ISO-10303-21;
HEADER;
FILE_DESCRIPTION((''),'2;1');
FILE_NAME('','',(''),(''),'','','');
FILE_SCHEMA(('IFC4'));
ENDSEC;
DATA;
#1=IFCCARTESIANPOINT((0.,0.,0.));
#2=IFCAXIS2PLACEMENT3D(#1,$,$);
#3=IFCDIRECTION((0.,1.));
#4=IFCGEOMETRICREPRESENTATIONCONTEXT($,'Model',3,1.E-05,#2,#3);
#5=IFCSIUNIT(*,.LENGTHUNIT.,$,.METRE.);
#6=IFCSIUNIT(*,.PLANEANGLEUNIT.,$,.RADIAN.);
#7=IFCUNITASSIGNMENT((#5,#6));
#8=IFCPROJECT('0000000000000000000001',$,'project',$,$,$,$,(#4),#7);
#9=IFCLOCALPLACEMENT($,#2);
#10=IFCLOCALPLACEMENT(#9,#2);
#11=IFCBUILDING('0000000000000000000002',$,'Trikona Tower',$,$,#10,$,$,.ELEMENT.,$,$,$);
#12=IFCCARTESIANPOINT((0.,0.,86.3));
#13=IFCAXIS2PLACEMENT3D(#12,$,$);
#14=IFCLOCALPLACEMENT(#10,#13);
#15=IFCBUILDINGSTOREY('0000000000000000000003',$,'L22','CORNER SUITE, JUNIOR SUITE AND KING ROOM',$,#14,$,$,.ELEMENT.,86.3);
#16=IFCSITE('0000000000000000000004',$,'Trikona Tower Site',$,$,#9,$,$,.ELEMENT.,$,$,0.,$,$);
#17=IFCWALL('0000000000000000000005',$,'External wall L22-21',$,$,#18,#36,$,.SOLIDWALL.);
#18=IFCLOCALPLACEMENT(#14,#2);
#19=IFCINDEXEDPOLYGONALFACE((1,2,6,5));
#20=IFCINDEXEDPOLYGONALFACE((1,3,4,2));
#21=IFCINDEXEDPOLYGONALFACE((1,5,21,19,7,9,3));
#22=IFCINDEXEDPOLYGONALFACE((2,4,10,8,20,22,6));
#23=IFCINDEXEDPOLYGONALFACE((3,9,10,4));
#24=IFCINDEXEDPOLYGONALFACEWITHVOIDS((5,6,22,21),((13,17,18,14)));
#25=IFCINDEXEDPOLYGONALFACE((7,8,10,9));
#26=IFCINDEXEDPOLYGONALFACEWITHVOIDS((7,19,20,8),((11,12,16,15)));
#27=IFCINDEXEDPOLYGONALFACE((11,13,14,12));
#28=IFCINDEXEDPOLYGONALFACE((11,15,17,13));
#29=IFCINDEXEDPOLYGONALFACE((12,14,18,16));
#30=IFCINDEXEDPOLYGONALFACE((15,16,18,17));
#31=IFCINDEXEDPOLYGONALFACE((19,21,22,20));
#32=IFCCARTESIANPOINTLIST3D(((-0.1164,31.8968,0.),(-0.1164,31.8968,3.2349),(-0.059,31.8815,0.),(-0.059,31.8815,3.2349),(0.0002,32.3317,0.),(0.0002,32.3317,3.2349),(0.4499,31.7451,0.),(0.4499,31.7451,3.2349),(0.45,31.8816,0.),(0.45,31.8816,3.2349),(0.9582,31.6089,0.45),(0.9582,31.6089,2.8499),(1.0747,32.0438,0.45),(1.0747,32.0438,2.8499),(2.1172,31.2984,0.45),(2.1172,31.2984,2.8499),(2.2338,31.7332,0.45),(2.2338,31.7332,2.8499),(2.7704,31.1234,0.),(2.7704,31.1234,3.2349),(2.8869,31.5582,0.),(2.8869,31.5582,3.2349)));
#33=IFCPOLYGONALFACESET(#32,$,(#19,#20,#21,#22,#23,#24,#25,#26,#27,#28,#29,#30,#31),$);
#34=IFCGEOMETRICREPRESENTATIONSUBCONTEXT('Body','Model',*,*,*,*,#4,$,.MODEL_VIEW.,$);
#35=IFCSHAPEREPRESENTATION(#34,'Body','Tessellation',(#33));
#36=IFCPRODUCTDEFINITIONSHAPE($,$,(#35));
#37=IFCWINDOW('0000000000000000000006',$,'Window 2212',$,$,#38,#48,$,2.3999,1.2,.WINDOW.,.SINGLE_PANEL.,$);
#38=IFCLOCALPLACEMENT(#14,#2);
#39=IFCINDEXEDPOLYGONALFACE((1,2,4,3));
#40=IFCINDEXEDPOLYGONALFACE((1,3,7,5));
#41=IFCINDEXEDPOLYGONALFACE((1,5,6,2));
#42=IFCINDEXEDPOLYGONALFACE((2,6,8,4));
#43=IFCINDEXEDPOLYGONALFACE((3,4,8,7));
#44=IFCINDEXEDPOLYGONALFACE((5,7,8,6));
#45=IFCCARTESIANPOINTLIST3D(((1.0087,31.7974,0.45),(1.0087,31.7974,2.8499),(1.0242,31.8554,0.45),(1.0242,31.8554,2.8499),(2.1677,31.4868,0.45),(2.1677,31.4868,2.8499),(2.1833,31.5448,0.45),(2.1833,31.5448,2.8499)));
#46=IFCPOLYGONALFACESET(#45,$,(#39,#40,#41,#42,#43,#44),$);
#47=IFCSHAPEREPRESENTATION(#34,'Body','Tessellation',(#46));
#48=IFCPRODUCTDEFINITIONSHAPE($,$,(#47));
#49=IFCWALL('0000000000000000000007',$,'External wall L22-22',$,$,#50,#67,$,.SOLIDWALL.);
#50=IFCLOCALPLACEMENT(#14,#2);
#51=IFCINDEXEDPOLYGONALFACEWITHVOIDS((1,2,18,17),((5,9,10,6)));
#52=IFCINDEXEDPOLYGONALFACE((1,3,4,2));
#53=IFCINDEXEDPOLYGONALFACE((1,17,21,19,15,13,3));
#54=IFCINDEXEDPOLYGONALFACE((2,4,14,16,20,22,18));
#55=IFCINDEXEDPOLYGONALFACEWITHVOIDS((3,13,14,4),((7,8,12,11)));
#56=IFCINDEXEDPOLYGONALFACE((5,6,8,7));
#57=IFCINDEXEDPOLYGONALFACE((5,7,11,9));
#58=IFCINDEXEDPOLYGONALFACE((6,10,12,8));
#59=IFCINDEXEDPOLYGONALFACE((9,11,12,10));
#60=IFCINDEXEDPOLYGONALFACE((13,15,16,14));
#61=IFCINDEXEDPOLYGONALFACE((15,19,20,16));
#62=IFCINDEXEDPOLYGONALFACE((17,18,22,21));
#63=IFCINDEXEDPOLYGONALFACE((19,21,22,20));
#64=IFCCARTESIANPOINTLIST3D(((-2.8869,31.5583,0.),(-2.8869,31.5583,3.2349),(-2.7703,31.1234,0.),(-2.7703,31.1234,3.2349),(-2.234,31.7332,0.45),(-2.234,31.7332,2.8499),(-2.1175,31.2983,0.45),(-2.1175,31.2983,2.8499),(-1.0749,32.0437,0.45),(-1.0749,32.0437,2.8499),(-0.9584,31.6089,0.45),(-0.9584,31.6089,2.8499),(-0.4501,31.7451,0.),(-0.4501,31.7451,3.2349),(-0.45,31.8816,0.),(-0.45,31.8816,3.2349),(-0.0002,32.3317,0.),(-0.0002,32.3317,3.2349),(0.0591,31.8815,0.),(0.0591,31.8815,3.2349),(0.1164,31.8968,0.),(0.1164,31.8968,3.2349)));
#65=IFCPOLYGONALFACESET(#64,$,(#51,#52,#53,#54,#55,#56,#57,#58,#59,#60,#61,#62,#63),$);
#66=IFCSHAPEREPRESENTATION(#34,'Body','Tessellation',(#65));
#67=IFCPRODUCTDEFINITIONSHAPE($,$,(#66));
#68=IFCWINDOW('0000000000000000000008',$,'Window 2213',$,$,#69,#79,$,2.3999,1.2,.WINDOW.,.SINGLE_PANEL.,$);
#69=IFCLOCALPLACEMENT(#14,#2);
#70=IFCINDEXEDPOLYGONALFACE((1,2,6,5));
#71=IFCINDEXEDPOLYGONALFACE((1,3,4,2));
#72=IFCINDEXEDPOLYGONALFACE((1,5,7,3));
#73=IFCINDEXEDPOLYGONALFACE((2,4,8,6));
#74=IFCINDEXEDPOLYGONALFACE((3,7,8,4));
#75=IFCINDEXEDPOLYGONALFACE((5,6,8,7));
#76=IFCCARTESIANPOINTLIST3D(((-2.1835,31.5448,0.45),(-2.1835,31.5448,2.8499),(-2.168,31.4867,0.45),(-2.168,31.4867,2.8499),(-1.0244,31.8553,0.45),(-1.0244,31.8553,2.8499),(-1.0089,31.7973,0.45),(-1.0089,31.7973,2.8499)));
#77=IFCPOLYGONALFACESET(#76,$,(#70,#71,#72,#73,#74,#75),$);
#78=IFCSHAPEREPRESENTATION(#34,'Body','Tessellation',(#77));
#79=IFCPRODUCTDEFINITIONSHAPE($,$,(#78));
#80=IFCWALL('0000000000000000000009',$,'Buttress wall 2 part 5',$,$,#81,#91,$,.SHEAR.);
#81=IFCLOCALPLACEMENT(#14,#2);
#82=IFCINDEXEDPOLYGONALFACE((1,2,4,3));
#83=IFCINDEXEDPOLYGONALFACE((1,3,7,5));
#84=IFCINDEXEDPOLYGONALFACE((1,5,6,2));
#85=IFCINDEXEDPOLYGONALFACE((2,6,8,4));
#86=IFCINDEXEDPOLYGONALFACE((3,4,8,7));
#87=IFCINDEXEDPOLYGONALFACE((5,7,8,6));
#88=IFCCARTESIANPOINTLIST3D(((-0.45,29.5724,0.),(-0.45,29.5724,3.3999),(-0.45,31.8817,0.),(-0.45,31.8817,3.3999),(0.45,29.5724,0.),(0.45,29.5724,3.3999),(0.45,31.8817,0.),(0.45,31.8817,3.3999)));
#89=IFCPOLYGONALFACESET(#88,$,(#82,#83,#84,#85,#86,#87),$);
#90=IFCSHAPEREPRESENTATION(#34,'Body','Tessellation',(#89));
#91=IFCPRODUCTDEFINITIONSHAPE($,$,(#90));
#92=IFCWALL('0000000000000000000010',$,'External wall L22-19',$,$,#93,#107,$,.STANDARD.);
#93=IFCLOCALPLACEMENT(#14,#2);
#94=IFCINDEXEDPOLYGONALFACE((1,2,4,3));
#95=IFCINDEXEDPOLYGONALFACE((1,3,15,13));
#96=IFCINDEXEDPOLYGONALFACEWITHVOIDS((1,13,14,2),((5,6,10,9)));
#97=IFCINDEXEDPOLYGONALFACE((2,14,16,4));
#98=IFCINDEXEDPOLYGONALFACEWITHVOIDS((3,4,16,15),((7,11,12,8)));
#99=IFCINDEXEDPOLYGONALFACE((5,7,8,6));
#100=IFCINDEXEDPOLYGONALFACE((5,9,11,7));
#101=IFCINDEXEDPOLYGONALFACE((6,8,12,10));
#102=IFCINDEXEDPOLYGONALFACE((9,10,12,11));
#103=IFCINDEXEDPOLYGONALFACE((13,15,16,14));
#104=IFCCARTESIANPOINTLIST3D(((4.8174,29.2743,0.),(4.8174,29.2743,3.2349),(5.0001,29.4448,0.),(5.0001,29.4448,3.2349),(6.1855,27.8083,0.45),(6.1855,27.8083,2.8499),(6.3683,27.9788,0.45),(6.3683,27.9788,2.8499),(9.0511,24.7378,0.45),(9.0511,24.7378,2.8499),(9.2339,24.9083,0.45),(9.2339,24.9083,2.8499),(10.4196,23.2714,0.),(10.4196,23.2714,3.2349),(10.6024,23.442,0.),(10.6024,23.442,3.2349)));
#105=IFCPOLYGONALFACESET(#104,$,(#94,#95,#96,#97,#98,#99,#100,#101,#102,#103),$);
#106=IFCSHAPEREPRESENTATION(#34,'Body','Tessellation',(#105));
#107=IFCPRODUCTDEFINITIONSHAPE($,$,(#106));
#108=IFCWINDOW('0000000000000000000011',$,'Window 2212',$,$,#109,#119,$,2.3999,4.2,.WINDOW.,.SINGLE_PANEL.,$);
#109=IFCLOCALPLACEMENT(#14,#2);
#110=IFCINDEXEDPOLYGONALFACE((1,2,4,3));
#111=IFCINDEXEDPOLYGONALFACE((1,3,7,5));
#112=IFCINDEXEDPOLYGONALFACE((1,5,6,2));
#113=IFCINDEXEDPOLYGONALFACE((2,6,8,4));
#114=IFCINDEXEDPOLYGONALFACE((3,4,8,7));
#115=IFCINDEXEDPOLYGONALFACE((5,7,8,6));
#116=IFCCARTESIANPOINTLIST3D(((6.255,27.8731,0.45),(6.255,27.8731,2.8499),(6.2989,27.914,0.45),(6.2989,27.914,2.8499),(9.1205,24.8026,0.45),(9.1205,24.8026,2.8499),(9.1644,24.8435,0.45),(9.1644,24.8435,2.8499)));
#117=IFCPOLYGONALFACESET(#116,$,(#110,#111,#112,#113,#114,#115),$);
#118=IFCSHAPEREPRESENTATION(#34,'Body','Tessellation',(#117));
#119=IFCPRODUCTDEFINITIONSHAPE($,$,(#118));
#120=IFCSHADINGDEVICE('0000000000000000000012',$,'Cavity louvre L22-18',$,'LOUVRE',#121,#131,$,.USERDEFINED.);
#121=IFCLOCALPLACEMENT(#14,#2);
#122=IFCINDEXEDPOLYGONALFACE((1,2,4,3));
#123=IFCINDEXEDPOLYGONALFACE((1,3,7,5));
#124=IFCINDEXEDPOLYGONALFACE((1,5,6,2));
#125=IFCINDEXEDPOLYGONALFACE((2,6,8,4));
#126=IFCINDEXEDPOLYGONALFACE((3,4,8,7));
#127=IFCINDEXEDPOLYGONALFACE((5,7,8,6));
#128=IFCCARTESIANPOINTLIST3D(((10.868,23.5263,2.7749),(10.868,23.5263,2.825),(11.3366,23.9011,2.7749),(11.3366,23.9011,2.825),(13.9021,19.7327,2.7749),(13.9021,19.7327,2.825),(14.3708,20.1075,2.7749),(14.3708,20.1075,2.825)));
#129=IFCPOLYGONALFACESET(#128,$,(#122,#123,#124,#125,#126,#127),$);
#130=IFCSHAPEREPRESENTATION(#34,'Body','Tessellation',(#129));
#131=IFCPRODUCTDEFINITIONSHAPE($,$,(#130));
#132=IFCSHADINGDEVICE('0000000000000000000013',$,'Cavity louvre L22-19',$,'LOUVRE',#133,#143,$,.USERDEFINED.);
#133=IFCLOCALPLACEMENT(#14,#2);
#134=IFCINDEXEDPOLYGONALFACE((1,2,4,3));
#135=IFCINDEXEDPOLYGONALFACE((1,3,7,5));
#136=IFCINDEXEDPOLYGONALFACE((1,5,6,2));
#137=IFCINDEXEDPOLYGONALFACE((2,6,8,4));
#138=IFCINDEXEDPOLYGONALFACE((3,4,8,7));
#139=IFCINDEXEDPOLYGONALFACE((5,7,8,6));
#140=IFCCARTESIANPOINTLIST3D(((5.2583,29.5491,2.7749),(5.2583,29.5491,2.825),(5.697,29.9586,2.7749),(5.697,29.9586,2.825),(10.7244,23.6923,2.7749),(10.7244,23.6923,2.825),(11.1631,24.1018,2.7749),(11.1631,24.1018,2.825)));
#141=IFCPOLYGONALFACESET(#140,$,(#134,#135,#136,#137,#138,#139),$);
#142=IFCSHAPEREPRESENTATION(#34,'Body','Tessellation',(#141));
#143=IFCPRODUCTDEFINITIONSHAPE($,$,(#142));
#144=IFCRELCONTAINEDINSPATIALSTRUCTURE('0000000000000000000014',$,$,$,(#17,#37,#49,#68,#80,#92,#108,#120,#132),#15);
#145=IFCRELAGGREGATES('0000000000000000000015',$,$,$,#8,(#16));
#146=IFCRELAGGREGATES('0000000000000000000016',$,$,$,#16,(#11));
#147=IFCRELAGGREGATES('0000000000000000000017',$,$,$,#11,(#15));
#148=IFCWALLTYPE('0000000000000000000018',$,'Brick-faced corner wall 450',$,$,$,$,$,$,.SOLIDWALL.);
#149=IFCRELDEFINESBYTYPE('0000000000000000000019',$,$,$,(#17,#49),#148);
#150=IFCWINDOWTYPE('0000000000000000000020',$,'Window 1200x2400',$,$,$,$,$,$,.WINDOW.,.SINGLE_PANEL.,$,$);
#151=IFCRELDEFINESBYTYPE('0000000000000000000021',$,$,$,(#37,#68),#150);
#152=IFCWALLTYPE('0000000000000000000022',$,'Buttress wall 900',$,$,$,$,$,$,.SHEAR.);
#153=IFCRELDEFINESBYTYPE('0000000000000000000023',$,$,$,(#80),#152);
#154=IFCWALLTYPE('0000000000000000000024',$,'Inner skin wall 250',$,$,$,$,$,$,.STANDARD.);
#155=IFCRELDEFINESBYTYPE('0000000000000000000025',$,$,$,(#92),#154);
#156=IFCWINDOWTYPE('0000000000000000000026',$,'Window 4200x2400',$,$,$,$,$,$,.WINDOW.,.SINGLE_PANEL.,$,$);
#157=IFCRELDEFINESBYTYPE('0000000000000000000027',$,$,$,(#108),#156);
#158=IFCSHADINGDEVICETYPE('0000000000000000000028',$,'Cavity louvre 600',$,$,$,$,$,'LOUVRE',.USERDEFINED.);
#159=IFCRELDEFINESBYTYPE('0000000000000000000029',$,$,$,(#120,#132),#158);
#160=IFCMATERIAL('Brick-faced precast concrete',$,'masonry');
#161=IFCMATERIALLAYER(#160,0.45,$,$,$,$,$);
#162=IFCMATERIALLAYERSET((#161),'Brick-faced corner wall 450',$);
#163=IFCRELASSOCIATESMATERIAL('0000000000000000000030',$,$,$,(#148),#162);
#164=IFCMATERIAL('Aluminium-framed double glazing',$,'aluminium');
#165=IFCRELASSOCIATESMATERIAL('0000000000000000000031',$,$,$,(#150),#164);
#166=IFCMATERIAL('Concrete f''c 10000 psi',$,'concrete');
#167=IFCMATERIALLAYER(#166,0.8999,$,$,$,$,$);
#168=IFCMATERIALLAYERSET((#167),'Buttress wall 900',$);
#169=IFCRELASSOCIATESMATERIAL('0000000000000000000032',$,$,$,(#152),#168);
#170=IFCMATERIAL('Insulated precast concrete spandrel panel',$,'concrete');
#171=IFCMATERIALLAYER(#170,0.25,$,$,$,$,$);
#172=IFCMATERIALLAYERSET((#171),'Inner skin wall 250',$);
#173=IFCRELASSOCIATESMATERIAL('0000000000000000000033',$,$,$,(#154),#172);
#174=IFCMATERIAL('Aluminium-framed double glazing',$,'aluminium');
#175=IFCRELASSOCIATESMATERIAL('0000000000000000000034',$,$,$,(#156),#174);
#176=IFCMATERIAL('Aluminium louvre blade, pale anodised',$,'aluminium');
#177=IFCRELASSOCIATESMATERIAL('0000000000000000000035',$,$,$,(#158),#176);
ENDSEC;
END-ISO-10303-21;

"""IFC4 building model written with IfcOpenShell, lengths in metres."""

from ifc_helpers import new_model, si_unit, direction, frame, frame_2d, origin, origin_2d, place, context, subcontext, project, spatial, polyline, rectangle, outline, extrude, material, layer, layer_set, type_object, element, fill, save


model = new_model("IFC4")

# Units and contexts
model_context = context("Model", 3, precision=1e-05, world=origin(), true_north=direction((0.0, 1.0)))
body_context = subcontext(model_context, "Body", "Model", "MODEL_VIEW")
ifc_project = project(units=[si_unit("LENGTHUNIT", "METRE"), si_unit("PLANEANGLEUNIT", "RADIAN")], contexts=[model_context])

# Site, building, storey
site_placement = place(None, origin())
site = spatial("IfcSite", under=ifc_project, at=site_placement, Name="Trikona Tower Site", CompositionType="ELEMENT", RefElevation=0.0)
building_placement = place(site_placement, origin())
building = spatial("IfcBuilding", under=site, at=building_placement, Name="Trikona Tower", CompositionType="ELEMENT")
storey_placement = place(building_placement, frame((0.0, 0.0, 86.3)))
storey = spatial("IfcBuildingStorey", under=building, at=storey_placement, Name="L22", Description="CORNER SUITE, JUNIOR SUITE AND KING ROOM", CompositionType="ELEMENT", Elevation=86.3)

# Walls, openings, windows
ifc_material_1 = material(Name="Brick-faced precast concrete", Category="masonry")
ifc_layer_1 = layer(ifc_material_1, 0.45)
ifc_layer_set_1 = layer_set([ifc_layer_1], Name="Brick-faced corner wall 450")
wall_type_1 = type_object("IfcWallType", Name="Brick-faced corner wall 450", PredefinedType="SOLIDWALL", material=ifc_layer_set_1)
wall_1_placement = place(storey_placement, frame((2.8286, 31.3408, 0.0), z_axis=(0.0, 0.0, 1.0), x_axis=(-0.965931, 0.258801, 0.0)))
wall_1 = element("IfcWall", 1, at=wall_1_placement, inside=storey, type_object=wall_type_1, Name="External wall L22-21", PredefinedType="SOLIDWALL", context=body_context, shape_type="SweptSolid", body=[
    extrude(outline(polyline([(2.9885, 0.2251), (2.9292, 0.2251), (2.4375, 0.0933), (2.4023, 0.2251), (0.0, 0.2251), (0.0, -0.2251), (2.9885, -0.2251), (2.9885, 0.2251)])), origin(), (0.0, 0.0, 1.0), 3.2349),
])
opening_1_placement = place(wall_1_placement, frame((0.676, 0.0, 0.45)))
opening_1 = element("IfcOpeningElement", 2, at=opening_1_placement, cuts=wall_1, PredefinedType="OPENING", context=body_context, shape_type="SweptSolid", body=[
    extrude(rectangle(XDim=1.2, YDim=2.3999, at=frame_2d((0.6001, 1.2))), frame((0.0, 0.2349, 0.0), z_axis=(0.0, -1.0, 0.0), x_axis=(1.0, 0.0, 0.0)), (0.0, 0.0, 1.0), 0.47),
])
ifc_material_2 = material(Name="Aluminium-framed double glazing", Category="aluminium")
window_type_1 = type_object("IfcWindowType", Name="Window 1200x2400", PartitioningType="SINGLE_PANEL", PredefinedType="WINDOW", material=ifc_material_2)
window_1_placement = place(opening_1_placement, origin())
window_1 = element("IfcWindow", 3, at=window_1_placement, inside=storey, type_object=window_type_1, Name="Window 2212", OverallHeight=2.3999, OverallWidth=1.2, PartitioningType="SINGLE_PANEL", PredefinedType="WINDOW", context=body_context, shape_type="SweptSolid", body=[
    extrude(rectangle(XDim=1.2, YDim=2.3999, at=frame_2d((0.6001, 1.2))), frame((0.0, 0.03, 0.0), z_axis=(0.0, -1.0, 0.0), x_axis=(1.0, 0.0, 0.0)), (0.0, 0.0, 1.0), 0.0601),
])
fill(opening_1, window_1)
wall_2_placement = place(storey_placement, frame((0.0581, 32.1143, 0.0), z_axis=(0.0, 0.0, 1.0), x_axis=(-0.965931, -0.258801, 0.0)))
wall_2 = element("IfcWall", 4, at=wall_2_placement, inside=storey, type_object=wall_type_1, Name="External wall L22-22", PredefinedType="SOLIDWALL", context=body_context, shape_type="SweptSolid", body=[
    extrude(outline(polyline([(2.9885, 0.2251), (0.5864, 0.2251), (0.551, 0.0933), (0.0593, 0.2251), (0.0, 0.2251), (0.0, -0.2251), (2.9885, -0.2251), (2.9885, 0.2251)])), origin(), (0.0, 0.0, 1.0), 3.2349),
])
opening_2_placement = place(wall_2_placement, frame((1.1125, 0.0, 0.45)))
opening_2 = element("IfcOpeningElement", 5, at=opening_2_placement, cuts=wall_2, PredefinedType="OPENING", context=body_context, shape_type="SweptSolid", body=[
    extrude(rectangle(XDim=1.2, YDim=2.3999, at=frame_2d((0.6001, 1.2))), frame((0.0, 0.2349, 0.0), z_axis=(0.0, -1.0, 0.0), x_axis=(1.0, 0.0, 0.0)), (0.0, 0.0, 1.0), 0.47),
])
window_2_placement = place(opening_2_placement, origin())
window_2 = element("IfcWindow", 6, at=window_2_placement, inside=storey, type_object=window_type_1, Name="Window 2213", OverallHeight=2.3999, OverallWidth=1.2, PartitioningType="SINGLE_PANEL", PredefinedType="WINDOW", context=body_context, shape_type="SweptSolid", body=[
    extrude(rectangle(XDim=1.2, YDim=2.3999, at=frame_2d((0.6001, 1.2))), frame((0.0, 0.03, 0.0), z_axis=(0.0, -1.0, 0.0), x_axis=(1.0, 0.0, 0.0)), (0.0, 0.0, 1.0), 0.0601),
])
fill(opening_2, window_2)

# Wall
ifc_material_3 = material(Name="Concrete f'c 10000 psi", Category="concrete")
ifc_layer_2 = layer(ifc_material_3, 0.8999)
ifc_layer_set_2 = layer_set([ifc_layer_2], Name="Buttress wall 900")
wall_type_2 = type_object("IfcWallType", Name="Buttress wall 900", PredefinedType="SHEAR", material=ifc_layer_set_2)
wall_3_placement = place(storey_placement, frame((0.0, 29.5723, 0.0), z_axis=(0.0, 0.0, 1.0), x_axis=(0.0, 1.0, 0.0)))
element("IfcWall", 7, at=wall_3_placement, inside=storey, type_object=wall_type_2, Name="Buttress wall 2 part 5", PredefinedType="SHEAR", context=body_context, shape_type="SweptSolid", body=[
    extrude(rectangle(XDim=2.3093, YDim=0.8999, at=frame_2d((1.1548, 0.0))), origin(), (0.0, 0.0, 1.0), 3.3999),
])

# Wall, opening, window
ifc_material_4 = material(Name="Insulated precast concrete spandrel panel", Category="concrete")
ifc_layer_3 = layer(ifc_material_4, 0.25)
ifc_layer_set_3 = layer_set([ifc_layer_3], Name="Inner skin wall 250")
wall_type_3 = type_object("IfcWallType", Name="Inner skin wall 250", PredefinedType="STANDARD", material=ifc_layer_set_3)
wall_4_placement = place(storey_placement, frame((10.511, 23.3567, 0.0), z_axis=(0.0, 0.0, 1.0), x_axis=(-0.68229, 0.731082, 0.0)))
wall_4 = element("IfcWall", 8, at=wall_4_placement, inside=storey, type_object=wall_type_3, Name="External wall L22-19", PredefinedType="STANDARD", context=body_context, shape_type="SweptSolid", body=[
    extrude(rectangle(XDim=8.2109, YDim=0.25, at=frame_2d((4.1055, 0.0))), origin(), (0.0, 0.0, 1.0), 3.2349),
])
opening_3_placement = place(wall_4_placement, frame((2.0056, 0.0, 0.45)))
opening_3 = element("IfcOpeningElement", 9, at=opening_3_placement, cuts=wall_4, PredefinedType="OPENING", context=body_context, shape_type="SweptSolid", body=[
    extrude(rectangle(XDim=4.2, YDim=2.3999, at=frame_2d((2.1001, 1.2))), frame((0.0, 0.135, 0.0), z_axis=(0.0, -1.0, 0.0), x_axis=(1.0, 0.0, 0.0)), (0.0, 0.0, 1.0), 0.27),
])
ifc_material_5 = material(Name="Aluminium-framed double glazing", Category="aluminium")
window_type_2 = type_object("IfcWindowType", Name="Window 4200x2400", PartitioningType="SINGLE_PANEL", PredefinedType="WINDOW", material=ifc_material_5)
window_3_placement = place(opening_3_placement, origin())
window_3 = element("IfcWindow", 10, at=window_3_placement, inside=storey, type_object=window_type_2, Name="Window 2212", OverallHeight=2.3999, OverallWidth=4.2, PartitioningType="SINGLE_PANEL", PredefinedType="WINDOW", context=body_context, shape_type="SweptSolid", body=[
    extrude(rectangle(XDim=4.2, YDim=2.3999, at=frame_2d((2.1001, 1.2))), frame((0.0, 0.03, 0.0), z_axis=(0.0, -1.0, 0.0), x_axis=(1.0, 0.0, 0.0)), (0.0, 0.0, 1.0), 0.0601),
])
fill(opening_3, window_3)

# Shading devices
ifc_material_6 = material(Name="Aluminium louvre blade, pale anodised", Category="aluminium")
shading_device_type = type_object("IfcShadingDeviceType", Name="Cavity louvre 600", ElementType="LOUVRE", PredefinedType="USERDEFINED", material=ifc_material_6)
shading_device_1_placement = place(storey_placement, frame((12.6194, 21.8169, 2.7749), z_axis=(0.0, 0.0, 1.0), x_axis=(-0.624604, 0.780942, 0.0)))
element("IfcShadingDevice", 11, at=shading_device_1_placement, inside=storey, type_object=shading_device_type, Name="Cavity louvre L22-18", ObjectType="LOUVRE", PredefinedType="USERDEFINED", context=body_context, shape_type="SweptSolid", body=[
    extrude(rectangle(XDim=4.8577, YDim=0.6001, at=origin_2d()), origin(), (0.0, 0.0, 1.0), 0.05),
])
shading_device_2_placement = place(storey_placement, frame((8.2107, 26.8254, 2.7749), z_axis=(0.0, 0.0, 1.0), x_axis=(-0.682298, 0.731074, 0.0)))
element("IfcShadingDevice", 12, at=shading_device_2_placement, inside=storey, type_object=shading_device_type, Name="Cavity louvre L22-19", ObjectType="LOUVRE", PredefinedType="USERDEFINED", context=body_context, shape_type="SweptSolid", body=[
    extrude(rectangle(XDim=8.0112, YDim=0.6001, at=origin_2d()), origin(), (0.0, 0.0, 1.0), 0.05),
])

save(model, "model.ifc")
